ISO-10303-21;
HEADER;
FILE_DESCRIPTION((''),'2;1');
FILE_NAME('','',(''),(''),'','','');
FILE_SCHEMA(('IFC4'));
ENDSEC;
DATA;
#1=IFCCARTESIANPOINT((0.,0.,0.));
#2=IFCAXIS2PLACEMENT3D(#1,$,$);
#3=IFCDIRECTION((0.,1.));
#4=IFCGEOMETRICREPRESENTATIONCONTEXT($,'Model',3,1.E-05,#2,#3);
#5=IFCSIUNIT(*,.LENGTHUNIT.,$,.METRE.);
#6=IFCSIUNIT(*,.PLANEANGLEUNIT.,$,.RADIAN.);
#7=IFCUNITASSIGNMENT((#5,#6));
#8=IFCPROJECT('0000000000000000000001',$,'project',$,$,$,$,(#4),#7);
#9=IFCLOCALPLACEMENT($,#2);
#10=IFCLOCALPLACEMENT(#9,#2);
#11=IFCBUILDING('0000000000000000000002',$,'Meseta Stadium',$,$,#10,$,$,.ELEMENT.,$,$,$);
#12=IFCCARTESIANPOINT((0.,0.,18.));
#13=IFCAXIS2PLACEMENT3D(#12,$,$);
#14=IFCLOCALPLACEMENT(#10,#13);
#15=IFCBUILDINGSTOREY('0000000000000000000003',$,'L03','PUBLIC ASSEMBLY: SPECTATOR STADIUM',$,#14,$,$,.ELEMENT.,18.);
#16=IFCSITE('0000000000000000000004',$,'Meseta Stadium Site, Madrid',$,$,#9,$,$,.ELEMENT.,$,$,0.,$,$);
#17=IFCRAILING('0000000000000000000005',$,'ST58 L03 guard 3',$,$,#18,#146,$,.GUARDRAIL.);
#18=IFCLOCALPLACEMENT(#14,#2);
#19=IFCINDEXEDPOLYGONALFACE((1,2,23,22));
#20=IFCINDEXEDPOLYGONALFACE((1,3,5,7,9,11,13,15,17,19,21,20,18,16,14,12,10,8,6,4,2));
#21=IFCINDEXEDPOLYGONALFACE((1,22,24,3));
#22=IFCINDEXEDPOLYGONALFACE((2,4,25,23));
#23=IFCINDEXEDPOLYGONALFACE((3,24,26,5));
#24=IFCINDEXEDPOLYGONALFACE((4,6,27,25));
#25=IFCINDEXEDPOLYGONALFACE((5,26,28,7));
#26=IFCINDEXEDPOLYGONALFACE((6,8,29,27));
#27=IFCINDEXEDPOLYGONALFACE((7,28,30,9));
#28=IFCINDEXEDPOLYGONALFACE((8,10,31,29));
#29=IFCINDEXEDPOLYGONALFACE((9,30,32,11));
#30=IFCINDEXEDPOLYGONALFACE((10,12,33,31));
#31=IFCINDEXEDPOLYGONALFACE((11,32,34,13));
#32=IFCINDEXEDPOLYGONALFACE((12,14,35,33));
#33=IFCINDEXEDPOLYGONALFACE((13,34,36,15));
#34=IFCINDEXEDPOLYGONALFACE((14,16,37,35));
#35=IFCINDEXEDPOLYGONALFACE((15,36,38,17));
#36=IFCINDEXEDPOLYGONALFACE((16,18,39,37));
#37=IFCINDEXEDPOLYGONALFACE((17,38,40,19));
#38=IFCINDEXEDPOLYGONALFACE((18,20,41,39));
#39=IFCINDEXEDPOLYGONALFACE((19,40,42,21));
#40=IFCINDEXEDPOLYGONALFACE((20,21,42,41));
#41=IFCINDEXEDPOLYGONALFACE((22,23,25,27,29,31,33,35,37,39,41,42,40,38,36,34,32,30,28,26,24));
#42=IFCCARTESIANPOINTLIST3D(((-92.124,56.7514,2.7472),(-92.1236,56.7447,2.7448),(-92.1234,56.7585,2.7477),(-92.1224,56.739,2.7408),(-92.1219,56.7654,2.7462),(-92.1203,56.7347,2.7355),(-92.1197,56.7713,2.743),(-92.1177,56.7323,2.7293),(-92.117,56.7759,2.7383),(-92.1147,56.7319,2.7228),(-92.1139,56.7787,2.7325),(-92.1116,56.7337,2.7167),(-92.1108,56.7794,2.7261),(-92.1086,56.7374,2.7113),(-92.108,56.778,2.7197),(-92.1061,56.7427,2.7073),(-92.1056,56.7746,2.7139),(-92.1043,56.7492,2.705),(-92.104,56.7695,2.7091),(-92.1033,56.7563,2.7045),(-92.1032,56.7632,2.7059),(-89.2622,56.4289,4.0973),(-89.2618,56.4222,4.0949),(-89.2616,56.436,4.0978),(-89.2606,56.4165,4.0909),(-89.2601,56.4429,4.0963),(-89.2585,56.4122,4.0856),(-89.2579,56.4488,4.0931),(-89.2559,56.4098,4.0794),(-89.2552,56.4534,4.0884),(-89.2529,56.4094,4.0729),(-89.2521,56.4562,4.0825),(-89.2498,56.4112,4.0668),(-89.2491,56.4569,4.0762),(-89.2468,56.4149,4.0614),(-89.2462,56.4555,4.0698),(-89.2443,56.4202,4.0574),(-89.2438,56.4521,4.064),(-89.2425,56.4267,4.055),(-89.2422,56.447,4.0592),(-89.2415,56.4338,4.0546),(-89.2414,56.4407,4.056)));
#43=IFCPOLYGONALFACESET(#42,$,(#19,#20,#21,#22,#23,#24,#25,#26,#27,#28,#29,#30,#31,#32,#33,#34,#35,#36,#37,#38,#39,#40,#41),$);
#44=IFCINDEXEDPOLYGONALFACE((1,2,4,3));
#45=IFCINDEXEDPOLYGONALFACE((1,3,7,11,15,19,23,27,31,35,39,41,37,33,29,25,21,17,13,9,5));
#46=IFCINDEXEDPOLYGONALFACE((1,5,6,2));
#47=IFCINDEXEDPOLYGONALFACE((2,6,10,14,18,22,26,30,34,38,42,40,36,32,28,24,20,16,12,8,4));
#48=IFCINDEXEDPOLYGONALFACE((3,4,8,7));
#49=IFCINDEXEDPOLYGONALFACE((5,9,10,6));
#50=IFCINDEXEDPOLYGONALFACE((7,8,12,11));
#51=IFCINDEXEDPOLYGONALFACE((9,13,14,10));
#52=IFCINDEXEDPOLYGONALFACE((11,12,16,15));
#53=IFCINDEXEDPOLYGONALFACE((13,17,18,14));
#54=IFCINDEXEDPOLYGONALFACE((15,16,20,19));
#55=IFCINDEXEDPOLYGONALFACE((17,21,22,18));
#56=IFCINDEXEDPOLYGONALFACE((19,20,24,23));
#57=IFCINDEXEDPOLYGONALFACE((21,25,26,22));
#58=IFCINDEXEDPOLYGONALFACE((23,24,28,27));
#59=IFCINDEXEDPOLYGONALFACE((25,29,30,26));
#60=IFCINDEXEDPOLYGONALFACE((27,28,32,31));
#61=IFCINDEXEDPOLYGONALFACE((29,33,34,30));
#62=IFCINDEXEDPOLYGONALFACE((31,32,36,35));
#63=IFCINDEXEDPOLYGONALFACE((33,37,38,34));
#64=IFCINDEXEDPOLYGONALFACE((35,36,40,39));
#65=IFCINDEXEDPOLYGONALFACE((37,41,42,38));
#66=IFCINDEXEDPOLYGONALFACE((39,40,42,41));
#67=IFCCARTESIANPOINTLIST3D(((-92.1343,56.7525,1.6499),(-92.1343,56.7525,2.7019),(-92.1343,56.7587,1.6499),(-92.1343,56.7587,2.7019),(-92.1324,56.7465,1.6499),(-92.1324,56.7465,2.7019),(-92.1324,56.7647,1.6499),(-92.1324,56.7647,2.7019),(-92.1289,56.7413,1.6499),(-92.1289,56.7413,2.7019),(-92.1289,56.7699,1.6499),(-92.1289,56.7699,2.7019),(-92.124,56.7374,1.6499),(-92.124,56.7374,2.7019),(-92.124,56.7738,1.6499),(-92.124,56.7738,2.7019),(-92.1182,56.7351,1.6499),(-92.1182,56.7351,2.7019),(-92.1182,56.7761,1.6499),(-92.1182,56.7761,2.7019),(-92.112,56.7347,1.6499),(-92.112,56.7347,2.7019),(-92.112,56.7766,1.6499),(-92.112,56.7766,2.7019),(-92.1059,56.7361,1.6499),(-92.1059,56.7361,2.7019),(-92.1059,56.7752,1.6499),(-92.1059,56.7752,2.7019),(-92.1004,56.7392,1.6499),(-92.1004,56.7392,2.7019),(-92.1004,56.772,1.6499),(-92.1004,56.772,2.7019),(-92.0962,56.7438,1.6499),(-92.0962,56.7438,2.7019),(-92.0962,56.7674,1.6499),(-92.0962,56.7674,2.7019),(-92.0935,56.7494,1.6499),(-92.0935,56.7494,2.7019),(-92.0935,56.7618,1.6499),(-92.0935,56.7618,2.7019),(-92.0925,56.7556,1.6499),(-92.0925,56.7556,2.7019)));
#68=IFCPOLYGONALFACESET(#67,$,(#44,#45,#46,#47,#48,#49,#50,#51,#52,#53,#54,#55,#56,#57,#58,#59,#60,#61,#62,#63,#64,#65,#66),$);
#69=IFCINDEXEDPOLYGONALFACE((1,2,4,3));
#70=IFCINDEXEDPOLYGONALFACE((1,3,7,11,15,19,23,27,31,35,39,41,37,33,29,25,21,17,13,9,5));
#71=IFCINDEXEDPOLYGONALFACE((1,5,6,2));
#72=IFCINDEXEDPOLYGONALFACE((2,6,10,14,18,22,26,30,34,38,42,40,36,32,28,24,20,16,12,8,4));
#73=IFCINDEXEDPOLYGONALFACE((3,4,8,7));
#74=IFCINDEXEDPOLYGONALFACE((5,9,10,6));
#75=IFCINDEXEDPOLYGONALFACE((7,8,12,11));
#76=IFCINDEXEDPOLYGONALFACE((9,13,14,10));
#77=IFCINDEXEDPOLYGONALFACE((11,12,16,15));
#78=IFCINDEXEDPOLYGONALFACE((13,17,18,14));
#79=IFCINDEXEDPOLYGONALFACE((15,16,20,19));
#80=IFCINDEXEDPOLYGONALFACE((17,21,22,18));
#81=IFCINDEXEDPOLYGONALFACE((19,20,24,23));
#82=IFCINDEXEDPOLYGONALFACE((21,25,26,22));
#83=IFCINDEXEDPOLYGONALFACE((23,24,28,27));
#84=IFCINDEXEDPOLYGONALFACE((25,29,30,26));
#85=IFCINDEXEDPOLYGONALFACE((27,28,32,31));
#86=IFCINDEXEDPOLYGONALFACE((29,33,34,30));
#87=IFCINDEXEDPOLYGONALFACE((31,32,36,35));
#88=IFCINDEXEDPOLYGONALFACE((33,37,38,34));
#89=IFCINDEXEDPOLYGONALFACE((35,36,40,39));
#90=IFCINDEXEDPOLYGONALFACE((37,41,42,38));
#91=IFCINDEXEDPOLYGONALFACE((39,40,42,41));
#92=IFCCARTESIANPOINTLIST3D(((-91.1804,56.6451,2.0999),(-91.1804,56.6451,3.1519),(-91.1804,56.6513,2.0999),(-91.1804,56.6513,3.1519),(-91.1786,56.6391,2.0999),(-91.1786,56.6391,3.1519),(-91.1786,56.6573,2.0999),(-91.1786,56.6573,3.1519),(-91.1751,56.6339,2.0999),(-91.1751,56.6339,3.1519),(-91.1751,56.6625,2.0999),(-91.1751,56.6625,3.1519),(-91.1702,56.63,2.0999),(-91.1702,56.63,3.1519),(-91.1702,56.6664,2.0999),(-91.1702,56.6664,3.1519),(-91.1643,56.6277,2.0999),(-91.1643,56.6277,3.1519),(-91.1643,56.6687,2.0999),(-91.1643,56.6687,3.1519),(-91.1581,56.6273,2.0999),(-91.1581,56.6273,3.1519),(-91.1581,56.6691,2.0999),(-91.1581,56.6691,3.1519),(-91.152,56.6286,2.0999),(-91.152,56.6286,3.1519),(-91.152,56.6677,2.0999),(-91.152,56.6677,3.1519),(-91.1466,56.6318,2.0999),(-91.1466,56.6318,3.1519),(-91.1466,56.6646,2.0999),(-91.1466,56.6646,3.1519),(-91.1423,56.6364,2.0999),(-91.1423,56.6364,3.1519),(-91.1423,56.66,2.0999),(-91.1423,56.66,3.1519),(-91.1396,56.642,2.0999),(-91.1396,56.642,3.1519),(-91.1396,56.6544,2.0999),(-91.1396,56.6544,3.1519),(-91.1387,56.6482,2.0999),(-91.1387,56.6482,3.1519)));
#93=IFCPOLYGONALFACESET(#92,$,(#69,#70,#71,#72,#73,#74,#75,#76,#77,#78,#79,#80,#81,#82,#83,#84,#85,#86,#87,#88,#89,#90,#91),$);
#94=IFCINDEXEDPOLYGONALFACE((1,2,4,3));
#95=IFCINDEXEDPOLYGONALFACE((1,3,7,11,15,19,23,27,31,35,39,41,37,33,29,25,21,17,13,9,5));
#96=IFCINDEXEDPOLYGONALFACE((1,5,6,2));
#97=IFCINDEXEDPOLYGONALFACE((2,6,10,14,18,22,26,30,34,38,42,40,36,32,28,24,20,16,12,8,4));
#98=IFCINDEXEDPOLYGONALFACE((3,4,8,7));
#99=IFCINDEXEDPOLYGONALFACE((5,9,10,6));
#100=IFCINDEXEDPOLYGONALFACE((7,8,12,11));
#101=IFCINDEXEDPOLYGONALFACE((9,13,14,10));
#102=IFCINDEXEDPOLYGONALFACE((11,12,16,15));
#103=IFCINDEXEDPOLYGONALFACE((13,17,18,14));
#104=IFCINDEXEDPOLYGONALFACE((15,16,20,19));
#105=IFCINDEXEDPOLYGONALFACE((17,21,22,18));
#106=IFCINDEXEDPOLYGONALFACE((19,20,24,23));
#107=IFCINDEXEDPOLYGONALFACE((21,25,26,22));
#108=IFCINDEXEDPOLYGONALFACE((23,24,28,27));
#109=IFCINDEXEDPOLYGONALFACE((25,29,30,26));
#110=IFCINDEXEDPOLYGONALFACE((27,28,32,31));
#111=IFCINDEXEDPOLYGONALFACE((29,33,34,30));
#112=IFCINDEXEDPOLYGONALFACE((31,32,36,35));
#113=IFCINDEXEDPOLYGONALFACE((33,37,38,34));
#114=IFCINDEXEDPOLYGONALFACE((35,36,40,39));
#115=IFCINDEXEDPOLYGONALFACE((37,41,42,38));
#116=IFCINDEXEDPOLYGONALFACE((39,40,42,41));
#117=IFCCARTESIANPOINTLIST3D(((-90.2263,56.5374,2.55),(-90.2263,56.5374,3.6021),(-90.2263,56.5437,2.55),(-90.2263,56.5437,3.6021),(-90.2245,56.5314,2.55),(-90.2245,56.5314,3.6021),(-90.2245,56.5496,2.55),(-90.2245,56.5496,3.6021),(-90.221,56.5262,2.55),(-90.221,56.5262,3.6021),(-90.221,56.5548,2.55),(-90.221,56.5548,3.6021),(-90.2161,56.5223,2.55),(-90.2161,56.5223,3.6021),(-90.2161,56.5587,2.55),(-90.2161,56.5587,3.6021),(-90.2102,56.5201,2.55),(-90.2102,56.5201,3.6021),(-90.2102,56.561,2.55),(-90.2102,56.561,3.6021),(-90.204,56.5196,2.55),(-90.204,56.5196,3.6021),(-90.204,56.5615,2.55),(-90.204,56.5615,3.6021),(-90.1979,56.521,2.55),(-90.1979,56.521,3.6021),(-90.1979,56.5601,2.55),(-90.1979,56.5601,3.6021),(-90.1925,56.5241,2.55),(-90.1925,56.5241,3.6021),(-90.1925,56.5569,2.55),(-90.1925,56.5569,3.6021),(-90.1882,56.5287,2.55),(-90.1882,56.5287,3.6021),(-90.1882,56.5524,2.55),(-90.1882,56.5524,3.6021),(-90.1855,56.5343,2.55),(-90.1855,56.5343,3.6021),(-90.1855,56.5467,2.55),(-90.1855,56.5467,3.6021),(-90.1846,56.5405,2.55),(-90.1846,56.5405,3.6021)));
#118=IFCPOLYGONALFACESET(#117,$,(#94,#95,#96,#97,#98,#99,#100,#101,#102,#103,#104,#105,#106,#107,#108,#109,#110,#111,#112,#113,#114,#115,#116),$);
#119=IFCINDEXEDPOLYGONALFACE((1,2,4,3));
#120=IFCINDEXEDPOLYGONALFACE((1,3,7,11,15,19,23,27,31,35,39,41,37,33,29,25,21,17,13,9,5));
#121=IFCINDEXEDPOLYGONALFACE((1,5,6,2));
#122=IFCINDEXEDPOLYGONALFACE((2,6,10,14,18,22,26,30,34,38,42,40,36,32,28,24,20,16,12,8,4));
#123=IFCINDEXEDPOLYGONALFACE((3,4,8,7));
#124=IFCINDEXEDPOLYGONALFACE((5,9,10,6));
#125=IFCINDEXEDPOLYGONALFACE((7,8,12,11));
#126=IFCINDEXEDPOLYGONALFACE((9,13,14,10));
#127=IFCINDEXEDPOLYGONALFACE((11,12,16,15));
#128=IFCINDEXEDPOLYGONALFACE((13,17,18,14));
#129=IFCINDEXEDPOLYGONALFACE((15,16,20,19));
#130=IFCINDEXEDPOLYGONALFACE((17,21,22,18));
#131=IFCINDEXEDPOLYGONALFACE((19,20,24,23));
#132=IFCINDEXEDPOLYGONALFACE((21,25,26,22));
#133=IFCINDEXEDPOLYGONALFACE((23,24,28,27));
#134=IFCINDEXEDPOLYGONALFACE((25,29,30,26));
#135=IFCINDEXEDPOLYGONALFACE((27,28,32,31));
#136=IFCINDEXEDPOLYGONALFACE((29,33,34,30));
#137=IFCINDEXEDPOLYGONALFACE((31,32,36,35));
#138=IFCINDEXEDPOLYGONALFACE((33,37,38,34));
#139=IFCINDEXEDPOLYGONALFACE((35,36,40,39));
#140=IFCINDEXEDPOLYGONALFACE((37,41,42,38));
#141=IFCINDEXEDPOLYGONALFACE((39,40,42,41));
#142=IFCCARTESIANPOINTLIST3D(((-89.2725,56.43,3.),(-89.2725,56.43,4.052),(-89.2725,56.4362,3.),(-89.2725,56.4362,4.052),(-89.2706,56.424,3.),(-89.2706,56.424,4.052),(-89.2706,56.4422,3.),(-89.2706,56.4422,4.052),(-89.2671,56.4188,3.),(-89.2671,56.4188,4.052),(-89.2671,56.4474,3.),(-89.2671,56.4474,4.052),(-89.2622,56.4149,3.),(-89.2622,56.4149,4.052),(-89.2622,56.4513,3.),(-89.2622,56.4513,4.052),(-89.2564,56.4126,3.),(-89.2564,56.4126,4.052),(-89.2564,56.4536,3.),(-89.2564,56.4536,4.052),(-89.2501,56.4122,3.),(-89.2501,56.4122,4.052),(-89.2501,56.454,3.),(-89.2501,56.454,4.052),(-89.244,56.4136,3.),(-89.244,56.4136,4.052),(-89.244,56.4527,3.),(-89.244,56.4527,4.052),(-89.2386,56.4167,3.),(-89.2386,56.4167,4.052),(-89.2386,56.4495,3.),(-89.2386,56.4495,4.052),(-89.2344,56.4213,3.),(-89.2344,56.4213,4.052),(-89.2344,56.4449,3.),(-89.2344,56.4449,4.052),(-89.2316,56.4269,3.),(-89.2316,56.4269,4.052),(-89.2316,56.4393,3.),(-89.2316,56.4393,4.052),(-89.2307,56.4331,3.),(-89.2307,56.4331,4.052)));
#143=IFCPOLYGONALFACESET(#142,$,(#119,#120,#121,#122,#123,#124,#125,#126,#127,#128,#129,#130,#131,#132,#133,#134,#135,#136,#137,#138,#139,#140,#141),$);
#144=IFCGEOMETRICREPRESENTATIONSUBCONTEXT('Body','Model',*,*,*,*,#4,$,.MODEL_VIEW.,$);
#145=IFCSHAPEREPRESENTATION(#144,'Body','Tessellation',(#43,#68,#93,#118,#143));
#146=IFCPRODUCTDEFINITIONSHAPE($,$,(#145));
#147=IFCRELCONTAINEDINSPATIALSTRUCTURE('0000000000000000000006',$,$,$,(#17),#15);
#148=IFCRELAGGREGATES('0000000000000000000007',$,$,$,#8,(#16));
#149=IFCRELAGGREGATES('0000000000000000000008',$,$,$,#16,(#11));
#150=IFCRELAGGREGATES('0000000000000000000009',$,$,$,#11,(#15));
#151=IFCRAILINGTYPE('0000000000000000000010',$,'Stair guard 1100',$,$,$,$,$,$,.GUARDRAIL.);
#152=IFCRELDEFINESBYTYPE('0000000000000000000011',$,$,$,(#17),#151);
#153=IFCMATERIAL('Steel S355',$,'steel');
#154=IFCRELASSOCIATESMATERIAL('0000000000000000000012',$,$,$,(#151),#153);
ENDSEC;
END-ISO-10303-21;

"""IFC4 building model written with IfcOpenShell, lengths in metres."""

from ifc_helpers import new_model, si_unit, direction, frame, origin, origin_2d, place, context, subcontext, project, spatial, circle, extrude, material, type_object, element, save


model = new_model("IFC4")

# Units and contexts
model_context = context("Model", 3, precision=1e-05, world=origin(), true_north=direction((0.0, 1.0)))
body_context = subcontext(model_context, "Body", "Model", "MODEL_VIEW")
ifc_project = project(units=[si_unit("LENGTHUNIT", "METRE"), si_unit("PLANEANGLEUNIT", "RADIAN")], contexts=[model_context])

# Site, building, storey
site_placement = place(None, origin())
site = spatial("IfcSite", under=ifc_project, at=site_placement, Name="Meseta Stadium Site, Madrid", CompositionType="ELEMENT", RefElevation=0.0)
building_placement = place(site_placement, origin())
building = spatial("IfcBuilding", under=site, at=building_placement, Name="Meseta Stadium", CompositionType="ELEMENT")
storey_placement = place(building_placement, frame((0.0, 0.0, 18.0)))
storey = spatial("IfcBuildingStorey", under=building, at=storey_placement, Name="L03", Description="PUBLIC ASSEMBLY: SPECTATOR STADIUM", CompositionType="ELEMENT", Elevation=18.0)

# Railing
ifc_material_1 = material(Name="Steel S355", Category="steel")
railing_type_1 = type_object("IfcRailingType", Name="Stair guard 1100", PredefinedType="GUARDRAIL", material=ifc_material_1)
railing_1_placement = place(storey_placement, frame((-92.1135, 56.7556, 1.6499)))
element("IfcRailing", 1, at=railing_1_placement, inside=storey, type_object=railing_type_1, Name="ST58 L03 guard 3", PredefinedType="GUARDRAIL", context=body_context, shape_type="SweptSolid", body=[
    extrude(circle(Radius=0.0239, at=origin_2d()), frame((0.0, 0.0, 1.0762), z_axis=(0.899748, -0.101396, 0.424467), x_axis=(0.111985, 0.99371, 0.0)), (0.0, 0.0, 1.0), 3.1807),
    extrude(circle(Radius=0.021, at=origin_2d()), origin(), (0.0, 0.0, 1.0), 1.052),
    extrude(circle(Radius=0.021, at=origin_2d()), frame((0.9539, -0.1074, 0.45)), (0.0, 0.0, 1.0), 1.052),
    extrude(circle(Radius=0.021, at=origin_2d()), frame((1.908, -0.2151, 0.9001)), (0.0, 0.0, 1.0), 1.052),
    extrude(circle(Radius=0.021, at=origin_2d()), frame((2.8618, -0.3225, 1.3501)), (0.0, 0.0, 1.0), 1.052),
])

save(model, "model.ifc")
